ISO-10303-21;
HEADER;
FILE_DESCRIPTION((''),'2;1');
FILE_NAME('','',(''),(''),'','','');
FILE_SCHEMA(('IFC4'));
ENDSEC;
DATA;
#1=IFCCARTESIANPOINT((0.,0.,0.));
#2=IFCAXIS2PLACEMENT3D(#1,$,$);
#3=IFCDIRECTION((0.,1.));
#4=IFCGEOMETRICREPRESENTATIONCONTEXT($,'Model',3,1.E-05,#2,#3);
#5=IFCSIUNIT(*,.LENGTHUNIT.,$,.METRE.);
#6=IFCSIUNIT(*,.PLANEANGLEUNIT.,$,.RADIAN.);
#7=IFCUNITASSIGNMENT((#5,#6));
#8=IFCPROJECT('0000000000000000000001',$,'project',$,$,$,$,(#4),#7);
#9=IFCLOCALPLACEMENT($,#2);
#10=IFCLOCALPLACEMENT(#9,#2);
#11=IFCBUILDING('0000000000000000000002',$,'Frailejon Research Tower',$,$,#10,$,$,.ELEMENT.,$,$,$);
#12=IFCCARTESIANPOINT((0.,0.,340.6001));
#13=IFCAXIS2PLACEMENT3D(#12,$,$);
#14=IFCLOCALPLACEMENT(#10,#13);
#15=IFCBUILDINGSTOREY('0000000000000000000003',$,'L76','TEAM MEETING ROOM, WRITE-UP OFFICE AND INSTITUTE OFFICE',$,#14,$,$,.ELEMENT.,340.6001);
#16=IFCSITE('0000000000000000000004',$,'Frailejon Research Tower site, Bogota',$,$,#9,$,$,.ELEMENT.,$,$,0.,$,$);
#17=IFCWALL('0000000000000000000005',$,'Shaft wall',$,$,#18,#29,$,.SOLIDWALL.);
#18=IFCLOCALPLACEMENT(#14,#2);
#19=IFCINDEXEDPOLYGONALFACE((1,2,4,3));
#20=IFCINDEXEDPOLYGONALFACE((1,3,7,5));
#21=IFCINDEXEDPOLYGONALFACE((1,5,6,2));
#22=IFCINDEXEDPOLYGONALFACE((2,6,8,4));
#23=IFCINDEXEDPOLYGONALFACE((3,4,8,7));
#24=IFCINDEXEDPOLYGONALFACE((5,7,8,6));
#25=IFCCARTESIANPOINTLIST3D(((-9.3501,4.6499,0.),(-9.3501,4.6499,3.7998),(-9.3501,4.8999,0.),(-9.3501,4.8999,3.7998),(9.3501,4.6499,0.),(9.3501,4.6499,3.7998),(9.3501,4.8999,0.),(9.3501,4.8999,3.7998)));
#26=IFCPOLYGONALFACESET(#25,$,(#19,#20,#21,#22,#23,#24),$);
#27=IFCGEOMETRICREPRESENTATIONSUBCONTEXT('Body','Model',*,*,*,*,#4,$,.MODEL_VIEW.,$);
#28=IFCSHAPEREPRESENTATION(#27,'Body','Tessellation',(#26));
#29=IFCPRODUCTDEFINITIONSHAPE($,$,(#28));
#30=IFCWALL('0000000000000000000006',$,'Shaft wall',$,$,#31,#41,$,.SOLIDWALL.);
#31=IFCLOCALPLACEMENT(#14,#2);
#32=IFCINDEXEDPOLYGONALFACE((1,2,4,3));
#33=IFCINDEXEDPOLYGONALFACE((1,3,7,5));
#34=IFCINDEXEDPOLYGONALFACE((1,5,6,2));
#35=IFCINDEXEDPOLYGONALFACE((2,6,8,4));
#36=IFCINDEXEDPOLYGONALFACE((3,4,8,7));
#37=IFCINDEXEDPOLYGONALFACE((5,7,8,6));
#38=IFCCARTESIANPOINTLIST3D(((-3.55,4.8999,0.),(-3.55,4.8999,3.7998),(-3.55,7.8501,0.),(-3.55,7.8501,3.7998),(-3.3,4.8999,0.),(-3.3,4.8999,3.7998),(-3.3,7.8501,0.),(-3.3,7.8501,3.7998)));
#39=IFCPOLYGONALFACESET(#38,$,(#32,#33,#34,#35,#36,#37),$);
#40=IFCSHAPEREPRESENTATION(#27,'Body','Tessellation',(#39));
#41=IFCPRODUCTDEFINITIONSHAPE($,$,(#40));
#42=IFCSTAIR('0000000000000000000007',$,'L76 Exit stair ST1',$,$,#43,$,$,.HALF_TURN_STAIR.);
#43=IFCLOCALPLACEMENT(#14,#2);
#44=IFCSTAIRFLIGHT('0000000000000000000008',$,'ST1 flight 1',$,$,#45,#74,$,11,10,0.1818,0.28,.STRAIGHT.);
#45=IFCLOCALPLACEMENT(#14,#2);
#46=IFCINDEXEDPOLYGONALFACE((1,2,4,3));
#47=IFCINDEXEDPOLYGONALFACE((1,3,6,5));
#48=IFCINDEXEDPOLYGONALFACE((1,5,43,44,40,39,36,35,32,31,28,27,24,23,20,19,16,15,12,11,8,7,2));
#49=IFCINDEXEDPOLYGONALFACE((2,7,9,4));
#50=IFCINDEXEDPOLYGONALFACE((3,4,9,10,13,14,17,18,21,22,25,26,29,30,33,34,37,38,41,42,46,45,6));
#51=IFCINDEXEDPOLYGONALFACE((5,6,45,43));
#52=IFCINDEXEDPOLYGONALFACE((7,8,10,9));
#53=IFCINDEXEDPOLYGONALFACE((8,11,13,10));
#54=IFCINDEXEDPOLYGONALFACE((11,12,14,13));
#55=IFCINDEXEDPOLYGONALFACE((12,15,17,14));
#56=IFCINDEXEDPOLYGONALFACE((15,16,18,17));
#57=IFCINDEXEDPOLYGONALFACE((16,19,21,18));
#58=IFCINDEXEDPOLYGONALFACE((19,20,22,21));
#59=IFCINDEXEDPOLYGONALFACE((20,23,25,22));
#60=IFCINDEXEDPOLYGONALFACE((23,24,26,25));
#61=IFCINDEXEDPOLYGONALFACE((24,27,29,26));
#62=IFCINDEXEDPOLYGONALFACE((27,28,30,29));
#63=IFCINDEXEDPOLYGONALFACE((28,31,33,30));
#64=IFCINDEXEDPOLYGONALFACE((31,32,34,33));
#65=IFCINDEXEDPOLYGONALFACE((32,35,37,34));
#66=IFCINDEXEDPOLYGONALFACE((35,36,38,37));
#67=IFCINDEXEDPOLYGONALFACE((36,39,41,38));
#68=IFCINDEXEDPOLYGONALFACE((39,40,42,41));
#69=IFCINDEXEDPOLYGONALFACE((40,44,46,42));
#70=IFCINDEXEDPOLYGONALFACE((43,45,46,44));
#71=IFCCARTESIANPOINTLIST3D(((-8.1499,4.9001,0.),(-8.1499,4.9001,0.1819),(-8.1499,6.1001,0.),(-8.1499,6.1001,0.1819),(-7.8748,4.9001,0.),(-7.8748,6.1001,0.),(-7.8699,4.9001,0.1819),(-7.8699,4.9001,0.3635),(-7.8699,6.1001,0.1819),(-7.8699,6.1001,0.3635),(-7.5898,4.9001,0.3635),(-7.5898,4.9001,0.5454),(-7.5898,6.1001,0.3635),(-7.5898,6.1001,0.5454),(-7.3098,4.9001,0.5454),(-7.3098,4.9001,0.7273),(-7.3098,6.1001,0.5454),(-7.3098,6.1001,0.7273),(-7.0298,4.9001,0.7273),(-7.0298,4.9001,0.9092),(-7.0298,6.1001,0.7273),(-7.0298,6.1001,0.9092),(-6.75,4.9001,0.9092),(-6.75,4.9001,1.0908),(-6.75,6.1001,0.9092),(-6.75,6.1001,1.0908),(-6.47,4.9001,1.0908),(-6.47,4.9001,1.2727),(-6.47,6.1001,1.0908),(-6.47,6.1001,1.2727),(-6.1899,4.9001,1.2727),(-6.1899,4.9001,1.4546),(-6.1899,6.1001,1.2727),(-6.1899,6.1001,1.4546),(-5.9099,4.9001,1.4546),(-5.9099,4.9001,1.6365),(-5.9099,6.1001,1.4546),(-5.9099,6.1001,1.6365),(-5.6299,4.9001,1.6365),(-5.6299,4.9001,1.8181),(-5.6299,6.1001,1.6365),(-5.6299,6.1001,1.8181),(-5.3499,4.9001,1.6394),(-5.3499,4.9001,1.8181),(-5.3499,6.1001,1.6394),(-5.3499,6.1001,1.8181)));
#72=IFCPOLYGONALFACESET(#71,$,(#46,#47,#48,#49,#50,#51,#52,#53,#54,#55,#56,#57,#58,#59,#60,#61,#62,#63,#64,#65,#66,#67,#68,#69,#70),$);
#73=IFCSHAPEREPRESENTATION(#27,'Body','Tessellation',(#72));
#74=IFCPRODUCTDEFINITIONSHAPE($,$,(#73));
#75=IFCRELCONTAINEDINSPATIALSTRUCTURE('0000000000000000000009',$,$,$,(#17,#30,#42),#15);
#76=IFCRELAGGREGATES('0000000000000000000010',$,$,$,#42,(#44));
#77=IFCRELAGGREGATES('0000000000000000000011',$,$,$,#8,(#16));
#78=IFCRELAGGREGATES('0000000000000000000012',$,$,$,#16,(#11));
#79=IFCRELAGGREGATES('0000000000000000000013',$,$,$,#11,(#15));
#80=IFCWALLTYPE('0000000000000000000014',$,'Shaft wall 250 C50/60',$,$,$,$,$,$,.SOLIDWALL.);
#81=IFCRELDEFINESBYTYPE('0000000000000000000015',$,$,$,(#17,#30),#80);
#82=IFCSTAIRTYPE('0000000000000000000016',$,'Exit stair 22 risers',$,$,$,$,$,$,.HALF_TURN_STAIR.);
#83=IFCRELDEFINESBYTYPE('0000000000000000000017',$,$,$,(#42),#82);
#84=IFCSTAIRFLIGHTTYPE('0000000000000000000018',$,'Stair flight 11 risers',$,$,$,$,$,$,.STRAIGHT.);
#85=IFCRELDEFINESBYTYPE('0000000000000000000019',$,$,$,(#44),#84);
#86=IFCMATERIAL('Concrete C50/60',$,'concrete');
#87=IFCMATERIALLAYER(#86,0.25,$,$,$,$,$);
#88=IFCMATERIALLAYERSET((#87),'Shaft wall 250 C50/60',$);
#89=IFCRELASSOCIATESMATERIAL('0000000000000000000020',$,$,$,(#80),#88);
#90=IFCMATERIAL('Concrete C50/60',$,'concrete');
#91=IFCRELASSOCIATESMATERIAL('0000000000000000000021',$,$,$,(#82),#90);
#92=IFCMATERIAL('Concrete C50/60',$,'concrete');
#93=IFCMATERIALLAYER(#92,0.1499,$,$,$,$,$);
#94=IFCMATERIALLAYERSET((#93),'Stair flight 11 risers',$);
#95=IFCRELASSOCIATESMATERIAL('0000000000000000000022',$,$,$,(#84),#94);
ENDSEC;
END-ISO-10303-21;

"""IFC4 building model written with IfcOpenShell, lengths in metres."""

from ifc_helpers import new_model, si_unit, direction, frame, frame_2d, origin, place, context, subcontext, project, spatial, polyline, rectangle, outline, extrude, material, layer, layer_set, type_object, element, aggregate, save


model = new_model("IFC4")

# Units and contexts
model_context = context("Model", 3, precision=1e-05, world=origin(), true_north=direction((0.0, 1.0)))
body_context = subcontext(model_context, "Body", "Model", "MODEL_VIEW")
ifc_project = project(units=[si_unit("LENGTHUNIT", "METRE"), si_unit("PLANEANGLEUNIT", "RADIAN")], contexts=[model_context])

# Site, building, storey
site_placement = place(None, origin())
site = spatial("IfcSite", under=ifc_project, at=site_placement, Name="Frailejon Research Tower site, Bogota", CompositionType="ELEMENT", RefElevation=0.0)
building_placement = place(site_placement, origin())
building = spatial("IfcBuilding", under=site, at=building_placement, Name="Frailejon Research Tower", CompositionType="ELEMENT")
storey_placement = place(building_placement, frame((0.0, 0.0, 340.6001)))
storey = spatial("IfcBuildingStorey", under=building, at=storey_placement, Name="L76", Description="TEAM MEETING ROOM, WRITE-UP OFFICE AND INSTITUTE OFFICE", CompositionType="ELEMENT", Elevation=340.6001)

# Shared definitions
ifc_material_1 = material(Name="Concrete C50/60", Category="concrete")
ifc_layer_1 = layer(ifc_material_1, 0.25)
ifc_layer_set_1 = layer_set([ifc_layer_1], Name="Shaft wall 250 C50/60")
wall_type_1 = type_object("IfcWallType", Name="Shaft wall 250 C50/60", PredefinedType="SOLIDWALL", material=ifc_layer_set_1)

# Walls
wall_1_placement = place(storey_placement, frame((-9.3501, 4.7749, 0.0), z_axis=(0.0, 0.0, 1.0), x_axis=(1.0, 0.0, 0.0)))
element("IfcWall", 1, at=wall_1_placement, inside=storey, type_object=wall_type_1, Name="Shaft wall", PredefinedType="SOLIDWALL", context=body_context, shape_type="SweptSolid", body=[
    extrude(rectangle(XDim=18.7002, YDim=0.25, at=frame_2d((9.3501, 0.0))), origin(), (0.0, 0.0, 1.0), 3.7998),
])
wall_2_placement = place(storey_placement, frame((-3.425, 4.8999, 0.0), z_axis=(0.0, 0.0, 1.0), x_axis=(0.0, 1.0, 0.0)))
element("IfcWall", 2, at=wall_2_placement, inside=storey, type_object=wall_type_1, Name="Shaft wall", PredefinedType="SOLIDWALL", context=body_context, shape_type="SweptSolid", body=[
    extrude(rectangle(XDim=2.9502, YDim=0.25, at=frame_2d((1.4751, 0.0))), origin(), (0.0, 0.0, 1.0), 3.7998),
])

# Stair, stair flight
ifc_material_2 = material(Name="Concrete C50/60", Category="concrete")
stair_type = type_object("IfcStairType", Name="Exit stair 22 risers", PredefinedType="HALF_TURN_STAIR", material=ifc_material_2)
stair_placement = place(storey_placement, origin())
stair = element("IfcStair", 3, at=stair_placement, inside=storey, type_object=stair_type, Name="L76 Exit stair ST1", PredefinedType="HALF_TURN_STAIR")
ifc_material_3 = material(Name="Concrete C50/60", Category="concrete")
ifc_layer_2 = layer(ifc_material_3, 0.1499)
ifc_layer_set_2 = layer_set([ifc_layer_2], Name="Stair flight 11 risers")
stair_flight_type = type_object("IfcStairFlightType", Name="Stair flight 11 risers", PredefinedType="STRAIGHT", material=ifc_layer_set_2)
stair_flight_placement = place(storey_placement, frame((-8.1499, 5.5, 0.0), z_axis=(0.0, 0.0, 1.0), x_axis=(1.0, 0.0, 0.0)))
stair_flight = element("IfcStairFlight", 4, at=stair_flight_placement, type_object=stair_flight_type, Name="ST1 flight 1", NumberOfRisers=11, NumberOfTreads=10, PredefinedType="STRAIGHT", RiserHeight=0.1818, TreadLength=0.28, context=body_context, shape_type="SweptSolid", body=[
    extrude(outline(polyline([(0.0, 0.0), (0.0, 0.1819), (0.28, 0.1819), (0.28, 0.3635), (0.5601, 0.3635), (0.5601, 0.5454), (0.8401, 0.5454), (0.8401, 0.7273), (1.1201, 0.7273), (1.1201, 0.9092), (1.3999, 0.9092), (1.3999, 1.0908), (1.6799, 1.0908), (1.6799, 1.2727), (1.96, 1.2727), (1.96, 1.4546), (2.24, 1.4546), (2.24, 1.6365), (2.52, 1.6365), (2.52, 1.8181), (2.8, 1.8181), (2.8, 2.0), (2.8, 1.6394), (0.2751, 0.0), (0.0, 0.0)])), frame((0.0, 0.6001, 0.0), z_axis=(0.0, -1.0, 0.0), x_axis=(1.0, 0.0, 0.0)), (0.0, 0.0, 1.0), 1.2),
])
aggregate(stair, [stair_flight])

save(model, "model.ifc")
